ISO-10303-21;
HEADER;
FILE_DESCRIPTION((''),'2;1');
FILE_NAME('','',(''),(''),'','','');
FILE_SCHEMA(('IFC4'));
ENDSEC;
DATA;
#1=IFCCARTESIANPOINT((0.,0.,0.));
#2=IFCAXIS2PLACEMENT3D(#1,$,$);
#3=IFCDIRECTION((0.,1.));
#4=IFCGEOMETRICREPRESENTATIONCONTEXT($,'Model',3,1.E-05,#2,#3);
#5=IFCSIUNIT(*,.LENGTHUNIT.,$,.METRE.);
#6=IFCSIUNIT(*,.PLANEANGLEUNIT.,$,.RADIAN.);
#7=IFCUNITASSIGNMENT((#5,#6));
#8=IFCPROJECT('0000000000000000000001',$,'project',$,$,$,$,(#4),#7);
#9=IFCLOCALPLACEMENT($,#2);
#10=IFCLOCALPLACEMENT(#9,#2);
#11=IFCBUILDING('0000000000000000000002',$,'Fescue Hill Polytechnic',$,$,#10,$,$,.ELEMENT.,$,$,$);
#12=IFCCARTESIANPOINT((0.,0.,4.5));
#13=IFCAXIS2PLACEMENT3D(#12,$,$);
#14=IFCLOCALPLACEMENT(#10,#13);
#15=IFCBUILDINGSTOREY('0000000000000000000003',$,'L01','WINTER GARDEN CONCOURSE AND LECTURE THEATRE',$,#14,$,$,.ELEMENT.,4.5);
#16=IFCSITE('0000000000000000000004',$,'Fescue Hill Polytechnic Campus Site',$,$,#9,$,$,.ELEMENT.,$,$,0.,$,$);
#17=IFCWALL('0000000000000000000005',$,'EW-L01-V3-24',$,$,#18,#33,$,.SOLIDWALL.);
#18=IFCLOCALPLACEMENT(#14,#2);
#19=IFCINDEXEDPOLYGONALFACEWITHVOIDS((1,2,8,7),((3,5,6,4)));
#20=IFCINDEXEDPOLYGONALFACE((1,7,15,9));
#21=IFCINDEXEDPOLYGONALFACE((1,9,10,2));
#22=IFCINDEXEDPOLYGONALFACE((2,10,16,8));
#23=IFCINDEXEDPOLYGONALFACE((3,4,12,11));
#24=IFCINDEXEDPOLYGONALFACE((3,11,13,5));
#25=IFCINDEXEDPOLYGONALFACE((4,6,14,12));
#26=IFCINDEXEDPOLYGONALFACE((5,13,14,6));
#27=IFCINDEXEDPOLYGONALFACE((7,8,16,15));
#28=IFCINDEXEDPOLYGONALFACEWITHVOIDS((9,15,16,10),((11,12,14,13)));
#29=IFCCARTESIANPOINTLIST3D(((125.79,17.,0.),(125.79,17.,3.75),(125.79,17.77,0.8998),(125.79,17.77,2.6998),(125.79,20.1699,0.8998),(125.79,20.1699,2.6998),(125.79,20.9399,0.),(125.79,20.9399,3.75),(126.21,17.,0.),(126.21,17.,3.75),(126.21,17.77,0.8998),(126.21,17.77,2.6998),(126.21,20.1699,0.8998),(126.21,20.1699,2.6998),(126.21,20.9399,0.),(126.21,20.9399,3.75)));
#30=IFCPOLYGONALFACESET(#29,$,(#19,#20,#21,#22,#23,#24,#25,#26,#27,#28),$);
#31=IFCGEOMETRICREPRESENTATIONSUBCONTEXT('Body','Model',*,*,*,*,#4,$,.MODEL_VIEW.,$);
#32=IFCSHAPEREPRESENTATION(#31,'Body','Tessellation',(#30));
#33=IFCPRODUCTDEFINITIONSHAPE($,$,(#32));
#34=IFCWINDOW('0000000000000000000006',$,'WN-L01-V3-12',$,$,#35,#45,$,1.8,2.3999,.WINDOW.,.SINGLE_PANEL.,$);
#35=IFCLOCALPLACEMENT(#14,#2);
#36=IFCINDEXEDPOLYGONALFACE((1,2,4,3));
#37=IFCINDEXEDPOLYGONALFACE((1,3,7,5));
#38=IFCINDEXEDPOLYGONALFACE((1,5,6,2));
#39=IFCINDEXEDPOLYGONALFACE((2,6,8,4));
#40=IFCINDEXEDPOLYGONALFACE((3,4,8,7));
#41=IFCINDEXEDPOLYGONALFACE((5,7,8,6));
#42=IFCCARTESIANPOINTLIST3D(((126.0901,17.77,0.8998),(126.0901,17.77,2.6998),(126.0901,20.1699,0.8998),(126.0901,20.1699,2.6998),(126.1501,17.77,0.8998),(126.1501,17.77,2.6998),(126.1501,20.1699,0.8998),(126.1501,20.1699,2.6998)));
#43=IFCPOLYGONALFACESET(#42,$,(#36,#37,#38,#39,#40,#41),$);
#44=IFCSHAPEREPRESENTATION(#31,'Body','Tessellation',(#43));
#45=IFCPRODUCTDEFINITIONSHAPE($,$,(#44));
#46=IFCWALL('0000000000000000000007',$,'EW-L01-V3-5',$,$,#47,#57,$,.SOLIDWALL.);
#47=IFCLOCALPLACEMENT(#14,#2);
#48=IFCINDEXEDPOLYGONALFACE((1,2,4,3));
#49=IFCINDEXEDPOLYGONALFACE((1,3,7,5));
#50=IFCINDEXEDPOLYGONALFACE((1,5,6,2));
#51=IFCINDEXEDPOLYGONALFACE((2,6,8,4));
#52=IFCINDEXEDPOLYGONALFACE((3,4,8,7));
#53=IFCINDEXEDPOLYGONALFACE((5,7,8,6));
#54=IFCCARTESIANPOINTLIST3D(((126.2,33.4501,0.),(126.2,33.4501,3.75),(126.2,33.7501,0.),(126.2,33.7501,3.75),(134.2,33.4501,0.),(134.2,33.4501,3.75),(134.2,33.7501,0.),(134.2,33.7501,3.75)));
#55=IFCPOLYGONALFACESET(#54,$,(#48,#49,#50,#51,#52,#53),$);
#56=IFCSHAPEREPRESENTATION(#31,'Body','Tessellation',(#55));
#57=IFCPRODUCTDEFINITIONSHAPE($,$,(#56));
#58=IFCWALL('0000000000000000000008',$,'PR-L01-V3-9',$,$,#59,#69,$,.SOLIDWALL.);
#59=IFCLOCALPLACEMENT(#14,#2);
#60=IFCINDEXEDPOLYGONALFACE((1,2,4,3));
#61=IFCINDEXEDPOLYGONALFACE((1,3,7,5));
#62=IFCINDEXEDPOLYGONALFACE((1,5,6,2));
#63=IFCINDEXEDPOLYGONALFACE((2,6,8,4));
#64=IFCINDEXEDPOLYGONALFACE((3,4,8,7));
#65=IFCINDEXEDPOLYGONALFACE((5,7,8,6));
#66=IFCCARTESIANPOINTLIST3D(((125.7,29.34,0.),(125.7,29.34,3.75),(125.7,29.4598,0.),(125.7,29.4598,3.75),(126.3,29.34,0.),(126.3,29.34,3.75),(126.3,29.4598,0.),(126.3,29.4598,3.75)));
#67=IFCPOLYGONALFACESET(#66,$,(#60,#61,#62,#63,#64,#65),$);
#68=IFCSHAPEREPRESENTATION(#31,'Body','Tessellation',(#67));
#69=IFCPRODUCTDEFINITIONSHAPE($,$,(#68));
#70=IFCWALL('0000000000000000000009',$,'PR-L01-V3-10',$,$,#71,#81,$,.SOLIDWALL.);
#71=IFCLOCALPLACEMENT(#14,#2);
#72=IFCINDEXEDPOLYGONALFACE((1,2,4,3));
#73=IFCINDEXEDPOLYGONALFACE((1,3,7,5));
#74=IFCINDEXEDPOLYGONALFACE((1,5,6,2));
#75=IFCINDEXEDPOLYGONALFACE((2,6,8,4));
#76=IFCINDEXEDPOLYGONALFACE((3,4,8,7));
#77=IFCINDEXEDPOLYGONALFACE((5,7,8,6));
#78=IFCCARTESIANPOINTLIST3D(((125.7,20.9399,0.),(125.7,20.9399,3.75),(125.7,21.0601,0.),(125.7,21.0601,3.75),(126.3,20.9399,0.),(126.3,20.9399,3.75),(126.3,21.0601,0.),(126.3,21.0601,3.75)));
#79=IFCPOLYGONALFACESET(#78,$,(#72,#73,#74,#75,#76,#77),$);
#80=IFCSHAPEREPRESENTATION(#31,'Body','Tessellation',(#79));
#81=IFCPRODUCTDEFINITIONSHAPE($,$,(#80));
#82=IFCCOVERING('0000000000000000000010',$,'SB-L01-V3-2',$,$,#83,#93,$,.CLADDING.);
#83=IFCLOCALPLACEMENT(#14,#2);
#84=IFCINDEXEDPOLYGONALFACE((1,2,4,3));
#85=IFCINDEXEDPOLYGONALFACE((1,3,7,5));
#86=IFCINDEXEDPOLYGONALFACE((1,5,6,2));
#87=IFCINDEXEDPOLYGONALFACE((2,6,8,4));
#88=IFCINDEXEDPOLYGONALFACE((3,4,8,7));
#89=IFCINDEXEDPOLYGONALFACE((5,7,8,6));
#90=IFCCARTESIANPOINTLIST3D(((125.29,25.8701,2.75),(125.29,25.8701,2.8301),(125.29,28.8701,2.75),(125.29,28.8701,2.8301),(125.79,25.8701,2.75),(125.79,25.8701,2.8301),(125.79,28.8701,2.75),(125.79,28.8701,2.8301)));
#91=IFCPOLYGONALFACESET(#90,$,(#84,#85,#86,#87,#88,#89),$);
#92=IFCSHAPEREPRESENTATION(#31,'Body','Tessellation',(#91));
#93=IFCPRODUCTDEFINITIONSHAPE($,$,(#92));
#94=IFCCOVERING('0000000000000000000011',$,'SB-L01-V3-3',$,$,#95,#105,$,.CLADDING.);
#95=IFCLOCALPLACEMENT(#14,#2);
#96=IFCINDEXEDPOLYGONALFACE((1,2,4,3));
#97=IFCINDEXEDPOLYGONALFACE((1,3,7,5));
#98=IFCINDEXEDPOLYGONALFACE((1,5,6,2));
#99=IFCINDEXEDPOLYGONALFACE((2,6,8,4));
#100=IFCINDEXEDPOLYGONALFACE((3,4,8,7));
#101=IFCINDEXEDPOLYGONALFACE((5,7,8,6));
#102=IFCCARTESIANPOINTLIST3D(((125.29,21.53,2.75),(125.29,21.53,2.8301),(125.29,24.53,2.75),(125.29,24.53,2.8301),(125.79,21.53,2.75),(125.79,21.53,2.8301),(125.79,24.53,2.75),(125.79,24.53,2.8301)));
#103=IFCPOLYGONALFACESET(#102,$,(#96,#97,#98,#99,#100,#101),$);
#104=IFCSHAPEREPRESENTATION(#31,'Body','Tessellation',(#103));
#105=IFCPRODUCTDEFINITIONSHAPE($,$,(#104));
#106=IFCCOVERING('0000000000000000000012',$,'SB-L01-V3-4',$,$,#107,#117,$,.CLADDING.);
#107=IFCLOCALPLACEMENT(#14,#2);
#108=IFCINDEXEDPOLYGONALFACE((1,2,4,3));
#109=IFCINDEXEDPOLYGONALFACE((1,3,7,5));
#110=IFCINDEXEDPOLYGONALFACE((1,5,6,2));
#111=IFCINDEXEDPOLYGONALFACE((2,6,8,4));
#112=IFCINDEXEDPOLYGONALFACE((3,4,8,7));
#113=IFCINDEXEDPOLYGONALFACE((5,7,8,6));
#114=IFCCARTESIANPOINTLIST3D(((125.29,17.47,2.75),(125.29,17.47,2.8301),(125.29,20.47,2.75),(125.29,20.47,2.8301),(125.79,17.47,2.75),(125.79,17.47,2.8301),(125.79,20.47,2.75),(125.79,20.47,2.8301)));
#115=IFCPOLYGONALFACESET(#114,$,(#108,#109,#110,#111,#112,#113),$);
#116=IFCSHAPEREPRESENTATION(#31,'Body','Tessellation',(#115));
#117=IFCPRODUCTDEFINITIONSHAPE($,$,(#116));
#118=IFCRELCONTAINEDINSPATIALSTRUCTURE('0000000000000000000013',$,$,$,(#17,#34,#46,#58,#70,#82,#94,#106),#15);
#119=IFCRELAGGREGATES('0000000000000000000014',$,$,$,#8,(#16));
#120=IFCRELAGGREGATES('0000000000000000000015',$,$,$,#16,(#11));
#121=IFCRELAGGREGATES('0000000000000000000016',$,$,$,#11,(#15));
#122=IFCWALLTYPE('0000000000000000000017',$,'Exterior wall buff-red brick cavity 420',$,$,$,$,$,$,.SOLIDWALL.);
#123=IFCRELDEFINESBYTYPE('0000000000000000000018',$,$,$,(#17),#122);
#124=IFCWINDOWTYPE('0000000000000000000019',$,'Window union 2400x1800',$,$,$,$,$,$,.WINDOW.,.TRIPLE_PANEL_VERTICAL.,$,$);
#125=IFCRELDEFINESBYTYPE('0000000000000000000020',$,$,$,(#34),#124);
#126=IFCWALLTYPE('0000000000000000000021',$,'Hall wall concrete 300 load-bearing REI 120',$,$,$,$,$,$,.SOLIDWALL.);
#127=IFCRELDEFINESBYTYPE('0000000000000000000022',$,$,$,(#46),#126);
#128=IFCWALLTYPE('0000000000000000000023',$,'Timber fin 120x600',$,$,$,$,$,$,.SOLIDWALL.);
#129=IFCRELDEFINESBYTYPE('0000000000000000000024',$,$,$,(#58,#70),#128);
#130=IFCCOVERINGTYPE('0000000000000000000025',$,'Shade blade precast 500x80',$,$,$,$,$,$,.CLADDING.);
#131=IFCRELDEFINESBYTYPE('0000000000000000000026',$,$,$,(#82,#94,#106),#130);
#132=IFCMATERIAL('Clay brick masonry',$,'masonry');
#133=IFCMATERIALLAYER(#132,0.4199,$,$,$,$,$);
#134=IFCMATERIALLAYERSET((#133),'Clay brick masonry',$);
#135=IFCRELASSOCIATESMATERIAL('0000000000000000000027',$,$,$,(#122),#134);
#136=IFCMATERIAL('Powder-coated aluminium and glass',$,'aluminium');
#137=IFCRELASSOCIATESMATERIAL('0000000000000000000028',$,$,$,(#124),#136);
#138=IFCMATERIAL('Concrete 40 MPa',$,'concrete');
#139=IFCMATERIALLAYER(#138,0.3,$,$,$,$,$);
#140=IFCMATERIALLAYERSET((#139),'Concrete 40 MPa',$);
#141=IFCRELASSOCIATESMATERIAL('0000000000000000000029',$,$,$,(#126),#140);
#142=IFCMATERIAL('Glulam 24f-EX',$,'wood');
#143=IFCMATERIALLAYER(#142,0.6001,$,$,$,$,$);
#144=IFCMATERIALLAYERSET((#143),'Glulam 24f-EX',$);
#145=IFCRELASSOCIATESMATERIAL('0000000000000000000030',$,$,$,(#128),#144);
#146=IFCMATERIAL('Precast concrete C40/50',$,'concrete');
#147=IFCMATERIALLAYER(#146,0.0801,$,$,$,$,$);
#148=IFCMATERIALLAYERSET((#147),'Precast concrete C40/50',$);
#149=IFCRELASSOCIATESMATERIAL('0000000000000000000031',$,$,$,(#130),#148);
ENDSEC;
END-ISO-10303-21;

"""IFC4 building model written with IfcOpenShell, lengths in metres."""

from ifc_helpers import new_model, si_unit, direction, frame, frame_2d, origin, origin_2d, place, context, subcontext, project, spatial, rectangle, extrude, material, layer, layer_set, type_object, element, fill, save


model = new_model("IFC4")

# Units and contexts
model_context = context("Model", 3, precision=1e-05, world=origin(), true_north=direction((0.0, 1.0)))
body_context = subcontext(model_context, "Body", "Model", "MODEL_VIEW")
ifc_project = project(units=[si_unit("LENGTHUNIT", "METRE"), si_unit("PLANEANGLEUNIT", "RADIAN")], contexts=[model_context])

# Site, building, storey
site_placement = place(None, origin())
site = spatial("IfcSite", under=ifc_project, at=site_placement, Name="Fescue Hill Polytechnic Campus Site", CompositionType="ELEMENT", RefElevation=0.0)
building_placement = place(site_placement, origin())
building = spatial("IfcBuilding", under=site, at=building_placement, Name="Fescue Hill Polytechnic", CompositionType="ELEMENT")
storey_placement = place(building_placement, frame((0.0, 0.0, 4.5)))
storey = spatial("IfcBuildingStorey", under=building, at=storey_placement, Name="L01", Description="WINTER GARDEN CONCOURSE AND LECTURE THEATRE", CompositionType="ELEMENT", Elevation=4.5)

# Shared definitions
ifc_material_1 = material(Name="Concrete 40 MPa", Category="concrete")

# Shared definitions
ifc_material_2 = material(Name="Clay brick masonry", Category="masonry")
ifc_layer_1 = layer(ifc_material_2, 0.4199)
ifc_layer_set_1 = layer_set([ifc_layer_1], Name="Clay brick masonry")
wall_type_1 = type_object("IfcWallType", Name="Exterior wall buff-red brick cavity 420", PredefinedType="SOLIDWALL", material=ifc_layer_set_1)

# Wall, opening, window
ifc_material_3 = material(Name="Powder-coated aluminium and glass", Category="aluminium")
window_type = type_object("IfcWindowType", Name="Window union 2400x1800", PartitioningType="TRIPLE_PANEL_VERTICAL", PredefinedType="WINDOW", material=ifc_material_3)
wall_1_placement = place(storey_placement, frame((126.0, 20.9399, 0.0), z_axis=(0.0, 0.0, 1.0), x_axis=(0.0, -1.0, 0.0)))
wall_1 = element("IfcWall", 1, at=wall_1_placement, inside=storey, type_object=wall_type_1, Name="EW-L01-V3-24", PredefinedType="SOLIDWALL", context=body_context, shape_type="SweptSolid", body=[
    extrude(rectangle(XDim=3.9399, YDim=0.4199, at=frame_2d((1.97, 0.0))), origin(), (0.0, 0.0, 1.0), 3.75),
])
opening_1_placement = place(wall_1_placement, frame((0.77, 0.0, 0.8999)))
opening_1 = element("IfcOpeningElement", 2, at=opening_1_placement, cuts=wall_1, PredefinedType="OPENING", context=body_context, shape_type="SweptSolid", body=[
    extrude(rectangle(XDim=2.3999, YDim=1.8, at=frame_2d((1.2, 0.8999))), frame((0.0, 0.22, 0.0), z_axis=(0.0, -1.0, 0.0), x_axis=(1.0, 0.0, 0.0)), (0.0, 0.0, 1.0), 0.4399),
])
window_1_placement = place(opening_1_placement, origin())
window_1 = element("IfcWindow", 3, at=window_1_placement, inside=storey, type_object=window_type, Name="WN-L01-V3-12", OverallHeight=1.8, OverallWidth=2.3999, PartitioningType="SINGLE_PANEL", PredefinedType="WINDOW", context=body_context, shape_type="SweptSolid", body=[
    extrude(rectangle(XDim=2.3999, YDim=1.8, at=frame_2d((1.2, 0.8999))), frame((0.0, 0.1501, 0.0), z_axis=(0.0, -1.0, 0.0), x_axis=(1.0, 0.0, 0.0)), (0.0, 0.0, 1.0), 0.0601),
])
fill(opening_1, window_1)

# Walls
ifc_layer_2 = layer(ifc_material_1, 0.3)
ifc_layer_set_2 = layer_set([ifc_layer_2], Name="Concrete 40 MPa")
wall_type_2 = type_object("IfcWallType", Name="Hall wall concrete 300 load-bearing REI 120", PredefinedType="SOLIDWALL", material=ifc_layer_set_2)
wall_2_placement = place(storey_placement, frame((126.2, 33.6001, 0.0), z_axis=(0.0, 0.0, 1.0), x_axis=(1.0, 0.0, 0.0)))
element("IfcWall", 4, at=wall_2_placement, inside=storey, type_object=wall_type_2, Name="EW-L01-V3-5", PredefinedType="SOLIDWALL", context=body_context, shape_type="SweptSolid", body=[
    extrude(rectangle(XDim=8.0, YDim=0.3, at=frame_2d((4.0, 0.0))), origin(), (0.0, 0.0, 1.0), 3.75),
])
ifc_material_4 = material(Name="Glulam 24f-EX", Category="wood")
ifc_layer_3 = layer(ifc_material_4, 0.6001)
ifc_layer_set_3 = layer_set([ifc_layer_3], Name="Glulam 24f-EX")
wall_type_3 = type_object("IfcWallType", Name="Timber fin 120x600", PredefinedType="SOLIDWALL", material=ifc_layer_set_3)
wall_3_placement = place(storey_placement, frame((126.0, 29.46, 0.0), z_axis=(0.0, 0.0, 1.0), x_axis=(0.0, -1.0, 0.0)))
element("IfcWall", 5, at=wall_3_placement, inside=storey, type_object=wall_type_3, Name="PR-L01-V3-9", PredefinedType="SOLIDWALL", context=body_context, shape_type="SweptSolid", body=[
    extrude(rectangle(XDim=0.1199, YDim=0.6001, at=frame_2d((0.0601, 0.0))), origin(), (0.0, 0.0, 1.0), 3.75),
])
wall_4_placement = place(storey_placement, frame((126.0, 21.0601, 0.0), z_axis=(0.0, 0.0, 1.0), x_axis=(0.0, -1.0, 0.0)))
element("IfcWall", 6, at=wall_4_placement, inside=storey, type_object=wall_type_3, Name="PR-L01-V3-10", PredefinedType="SOLIDWALL", context=body_context, shape_type="SweptSolid", body=[
    extrude(rectangle(XDim=0.1201, YDim=0.6001, at=frame_2d((0.0601, 0.0))), origin(), (0.0, 0.0, 1.0), 3.75),
])

# Coverings
ifc_material_5 = material(Name="Precast concrete C40/50", Category="concrete")
ifc_layer_4 = layer(ifc_material_5, 0.0801)
ifc_layer_set_4 = layer_set([ifc_layer_4], Name="Precast concrete C40/50")
covering_type = type_object("IfcCoveringType", Name="Shade blade precast 500x80", PredefinedType="CLADDING", material=ifc_layer_set_4)
for number, where, z_axis, x_axis, name in (
    (7, (125.54, 27.3701, 2.75), (0.0, 0.0, 1.0), (0.0, -1.0, 0.0), "SB-L01-V3-2"),
    (8, (125.54, 23.03, 2.75), (0.0, 0.0, 1.0), (0.0, -1.0, 0.0), "SB-L01-V3-3"),
    (9, (125.54, 18.97, 2.75), (0.0, 0.0, 1.0), (0.0, -1.0, 0.0), "SB-L01-V3-4"),
):
    element("IfcCovering", number, at=place(storey_placement, frame(where, z_axis=z_axis, x_axis=x_axis)), inside=storey, type_object=covering_type, Name=name, PredefinedType="CLADDING", context=body_context, shape_type="SweptSolid", body=[
        extrude(rectangle(XDim=3.0, YDim=0.5, at=origin_2d()), origin(), (0.0, 0.0, 1.0), 0.0801),
    ])

save(model, "model.ifc")
